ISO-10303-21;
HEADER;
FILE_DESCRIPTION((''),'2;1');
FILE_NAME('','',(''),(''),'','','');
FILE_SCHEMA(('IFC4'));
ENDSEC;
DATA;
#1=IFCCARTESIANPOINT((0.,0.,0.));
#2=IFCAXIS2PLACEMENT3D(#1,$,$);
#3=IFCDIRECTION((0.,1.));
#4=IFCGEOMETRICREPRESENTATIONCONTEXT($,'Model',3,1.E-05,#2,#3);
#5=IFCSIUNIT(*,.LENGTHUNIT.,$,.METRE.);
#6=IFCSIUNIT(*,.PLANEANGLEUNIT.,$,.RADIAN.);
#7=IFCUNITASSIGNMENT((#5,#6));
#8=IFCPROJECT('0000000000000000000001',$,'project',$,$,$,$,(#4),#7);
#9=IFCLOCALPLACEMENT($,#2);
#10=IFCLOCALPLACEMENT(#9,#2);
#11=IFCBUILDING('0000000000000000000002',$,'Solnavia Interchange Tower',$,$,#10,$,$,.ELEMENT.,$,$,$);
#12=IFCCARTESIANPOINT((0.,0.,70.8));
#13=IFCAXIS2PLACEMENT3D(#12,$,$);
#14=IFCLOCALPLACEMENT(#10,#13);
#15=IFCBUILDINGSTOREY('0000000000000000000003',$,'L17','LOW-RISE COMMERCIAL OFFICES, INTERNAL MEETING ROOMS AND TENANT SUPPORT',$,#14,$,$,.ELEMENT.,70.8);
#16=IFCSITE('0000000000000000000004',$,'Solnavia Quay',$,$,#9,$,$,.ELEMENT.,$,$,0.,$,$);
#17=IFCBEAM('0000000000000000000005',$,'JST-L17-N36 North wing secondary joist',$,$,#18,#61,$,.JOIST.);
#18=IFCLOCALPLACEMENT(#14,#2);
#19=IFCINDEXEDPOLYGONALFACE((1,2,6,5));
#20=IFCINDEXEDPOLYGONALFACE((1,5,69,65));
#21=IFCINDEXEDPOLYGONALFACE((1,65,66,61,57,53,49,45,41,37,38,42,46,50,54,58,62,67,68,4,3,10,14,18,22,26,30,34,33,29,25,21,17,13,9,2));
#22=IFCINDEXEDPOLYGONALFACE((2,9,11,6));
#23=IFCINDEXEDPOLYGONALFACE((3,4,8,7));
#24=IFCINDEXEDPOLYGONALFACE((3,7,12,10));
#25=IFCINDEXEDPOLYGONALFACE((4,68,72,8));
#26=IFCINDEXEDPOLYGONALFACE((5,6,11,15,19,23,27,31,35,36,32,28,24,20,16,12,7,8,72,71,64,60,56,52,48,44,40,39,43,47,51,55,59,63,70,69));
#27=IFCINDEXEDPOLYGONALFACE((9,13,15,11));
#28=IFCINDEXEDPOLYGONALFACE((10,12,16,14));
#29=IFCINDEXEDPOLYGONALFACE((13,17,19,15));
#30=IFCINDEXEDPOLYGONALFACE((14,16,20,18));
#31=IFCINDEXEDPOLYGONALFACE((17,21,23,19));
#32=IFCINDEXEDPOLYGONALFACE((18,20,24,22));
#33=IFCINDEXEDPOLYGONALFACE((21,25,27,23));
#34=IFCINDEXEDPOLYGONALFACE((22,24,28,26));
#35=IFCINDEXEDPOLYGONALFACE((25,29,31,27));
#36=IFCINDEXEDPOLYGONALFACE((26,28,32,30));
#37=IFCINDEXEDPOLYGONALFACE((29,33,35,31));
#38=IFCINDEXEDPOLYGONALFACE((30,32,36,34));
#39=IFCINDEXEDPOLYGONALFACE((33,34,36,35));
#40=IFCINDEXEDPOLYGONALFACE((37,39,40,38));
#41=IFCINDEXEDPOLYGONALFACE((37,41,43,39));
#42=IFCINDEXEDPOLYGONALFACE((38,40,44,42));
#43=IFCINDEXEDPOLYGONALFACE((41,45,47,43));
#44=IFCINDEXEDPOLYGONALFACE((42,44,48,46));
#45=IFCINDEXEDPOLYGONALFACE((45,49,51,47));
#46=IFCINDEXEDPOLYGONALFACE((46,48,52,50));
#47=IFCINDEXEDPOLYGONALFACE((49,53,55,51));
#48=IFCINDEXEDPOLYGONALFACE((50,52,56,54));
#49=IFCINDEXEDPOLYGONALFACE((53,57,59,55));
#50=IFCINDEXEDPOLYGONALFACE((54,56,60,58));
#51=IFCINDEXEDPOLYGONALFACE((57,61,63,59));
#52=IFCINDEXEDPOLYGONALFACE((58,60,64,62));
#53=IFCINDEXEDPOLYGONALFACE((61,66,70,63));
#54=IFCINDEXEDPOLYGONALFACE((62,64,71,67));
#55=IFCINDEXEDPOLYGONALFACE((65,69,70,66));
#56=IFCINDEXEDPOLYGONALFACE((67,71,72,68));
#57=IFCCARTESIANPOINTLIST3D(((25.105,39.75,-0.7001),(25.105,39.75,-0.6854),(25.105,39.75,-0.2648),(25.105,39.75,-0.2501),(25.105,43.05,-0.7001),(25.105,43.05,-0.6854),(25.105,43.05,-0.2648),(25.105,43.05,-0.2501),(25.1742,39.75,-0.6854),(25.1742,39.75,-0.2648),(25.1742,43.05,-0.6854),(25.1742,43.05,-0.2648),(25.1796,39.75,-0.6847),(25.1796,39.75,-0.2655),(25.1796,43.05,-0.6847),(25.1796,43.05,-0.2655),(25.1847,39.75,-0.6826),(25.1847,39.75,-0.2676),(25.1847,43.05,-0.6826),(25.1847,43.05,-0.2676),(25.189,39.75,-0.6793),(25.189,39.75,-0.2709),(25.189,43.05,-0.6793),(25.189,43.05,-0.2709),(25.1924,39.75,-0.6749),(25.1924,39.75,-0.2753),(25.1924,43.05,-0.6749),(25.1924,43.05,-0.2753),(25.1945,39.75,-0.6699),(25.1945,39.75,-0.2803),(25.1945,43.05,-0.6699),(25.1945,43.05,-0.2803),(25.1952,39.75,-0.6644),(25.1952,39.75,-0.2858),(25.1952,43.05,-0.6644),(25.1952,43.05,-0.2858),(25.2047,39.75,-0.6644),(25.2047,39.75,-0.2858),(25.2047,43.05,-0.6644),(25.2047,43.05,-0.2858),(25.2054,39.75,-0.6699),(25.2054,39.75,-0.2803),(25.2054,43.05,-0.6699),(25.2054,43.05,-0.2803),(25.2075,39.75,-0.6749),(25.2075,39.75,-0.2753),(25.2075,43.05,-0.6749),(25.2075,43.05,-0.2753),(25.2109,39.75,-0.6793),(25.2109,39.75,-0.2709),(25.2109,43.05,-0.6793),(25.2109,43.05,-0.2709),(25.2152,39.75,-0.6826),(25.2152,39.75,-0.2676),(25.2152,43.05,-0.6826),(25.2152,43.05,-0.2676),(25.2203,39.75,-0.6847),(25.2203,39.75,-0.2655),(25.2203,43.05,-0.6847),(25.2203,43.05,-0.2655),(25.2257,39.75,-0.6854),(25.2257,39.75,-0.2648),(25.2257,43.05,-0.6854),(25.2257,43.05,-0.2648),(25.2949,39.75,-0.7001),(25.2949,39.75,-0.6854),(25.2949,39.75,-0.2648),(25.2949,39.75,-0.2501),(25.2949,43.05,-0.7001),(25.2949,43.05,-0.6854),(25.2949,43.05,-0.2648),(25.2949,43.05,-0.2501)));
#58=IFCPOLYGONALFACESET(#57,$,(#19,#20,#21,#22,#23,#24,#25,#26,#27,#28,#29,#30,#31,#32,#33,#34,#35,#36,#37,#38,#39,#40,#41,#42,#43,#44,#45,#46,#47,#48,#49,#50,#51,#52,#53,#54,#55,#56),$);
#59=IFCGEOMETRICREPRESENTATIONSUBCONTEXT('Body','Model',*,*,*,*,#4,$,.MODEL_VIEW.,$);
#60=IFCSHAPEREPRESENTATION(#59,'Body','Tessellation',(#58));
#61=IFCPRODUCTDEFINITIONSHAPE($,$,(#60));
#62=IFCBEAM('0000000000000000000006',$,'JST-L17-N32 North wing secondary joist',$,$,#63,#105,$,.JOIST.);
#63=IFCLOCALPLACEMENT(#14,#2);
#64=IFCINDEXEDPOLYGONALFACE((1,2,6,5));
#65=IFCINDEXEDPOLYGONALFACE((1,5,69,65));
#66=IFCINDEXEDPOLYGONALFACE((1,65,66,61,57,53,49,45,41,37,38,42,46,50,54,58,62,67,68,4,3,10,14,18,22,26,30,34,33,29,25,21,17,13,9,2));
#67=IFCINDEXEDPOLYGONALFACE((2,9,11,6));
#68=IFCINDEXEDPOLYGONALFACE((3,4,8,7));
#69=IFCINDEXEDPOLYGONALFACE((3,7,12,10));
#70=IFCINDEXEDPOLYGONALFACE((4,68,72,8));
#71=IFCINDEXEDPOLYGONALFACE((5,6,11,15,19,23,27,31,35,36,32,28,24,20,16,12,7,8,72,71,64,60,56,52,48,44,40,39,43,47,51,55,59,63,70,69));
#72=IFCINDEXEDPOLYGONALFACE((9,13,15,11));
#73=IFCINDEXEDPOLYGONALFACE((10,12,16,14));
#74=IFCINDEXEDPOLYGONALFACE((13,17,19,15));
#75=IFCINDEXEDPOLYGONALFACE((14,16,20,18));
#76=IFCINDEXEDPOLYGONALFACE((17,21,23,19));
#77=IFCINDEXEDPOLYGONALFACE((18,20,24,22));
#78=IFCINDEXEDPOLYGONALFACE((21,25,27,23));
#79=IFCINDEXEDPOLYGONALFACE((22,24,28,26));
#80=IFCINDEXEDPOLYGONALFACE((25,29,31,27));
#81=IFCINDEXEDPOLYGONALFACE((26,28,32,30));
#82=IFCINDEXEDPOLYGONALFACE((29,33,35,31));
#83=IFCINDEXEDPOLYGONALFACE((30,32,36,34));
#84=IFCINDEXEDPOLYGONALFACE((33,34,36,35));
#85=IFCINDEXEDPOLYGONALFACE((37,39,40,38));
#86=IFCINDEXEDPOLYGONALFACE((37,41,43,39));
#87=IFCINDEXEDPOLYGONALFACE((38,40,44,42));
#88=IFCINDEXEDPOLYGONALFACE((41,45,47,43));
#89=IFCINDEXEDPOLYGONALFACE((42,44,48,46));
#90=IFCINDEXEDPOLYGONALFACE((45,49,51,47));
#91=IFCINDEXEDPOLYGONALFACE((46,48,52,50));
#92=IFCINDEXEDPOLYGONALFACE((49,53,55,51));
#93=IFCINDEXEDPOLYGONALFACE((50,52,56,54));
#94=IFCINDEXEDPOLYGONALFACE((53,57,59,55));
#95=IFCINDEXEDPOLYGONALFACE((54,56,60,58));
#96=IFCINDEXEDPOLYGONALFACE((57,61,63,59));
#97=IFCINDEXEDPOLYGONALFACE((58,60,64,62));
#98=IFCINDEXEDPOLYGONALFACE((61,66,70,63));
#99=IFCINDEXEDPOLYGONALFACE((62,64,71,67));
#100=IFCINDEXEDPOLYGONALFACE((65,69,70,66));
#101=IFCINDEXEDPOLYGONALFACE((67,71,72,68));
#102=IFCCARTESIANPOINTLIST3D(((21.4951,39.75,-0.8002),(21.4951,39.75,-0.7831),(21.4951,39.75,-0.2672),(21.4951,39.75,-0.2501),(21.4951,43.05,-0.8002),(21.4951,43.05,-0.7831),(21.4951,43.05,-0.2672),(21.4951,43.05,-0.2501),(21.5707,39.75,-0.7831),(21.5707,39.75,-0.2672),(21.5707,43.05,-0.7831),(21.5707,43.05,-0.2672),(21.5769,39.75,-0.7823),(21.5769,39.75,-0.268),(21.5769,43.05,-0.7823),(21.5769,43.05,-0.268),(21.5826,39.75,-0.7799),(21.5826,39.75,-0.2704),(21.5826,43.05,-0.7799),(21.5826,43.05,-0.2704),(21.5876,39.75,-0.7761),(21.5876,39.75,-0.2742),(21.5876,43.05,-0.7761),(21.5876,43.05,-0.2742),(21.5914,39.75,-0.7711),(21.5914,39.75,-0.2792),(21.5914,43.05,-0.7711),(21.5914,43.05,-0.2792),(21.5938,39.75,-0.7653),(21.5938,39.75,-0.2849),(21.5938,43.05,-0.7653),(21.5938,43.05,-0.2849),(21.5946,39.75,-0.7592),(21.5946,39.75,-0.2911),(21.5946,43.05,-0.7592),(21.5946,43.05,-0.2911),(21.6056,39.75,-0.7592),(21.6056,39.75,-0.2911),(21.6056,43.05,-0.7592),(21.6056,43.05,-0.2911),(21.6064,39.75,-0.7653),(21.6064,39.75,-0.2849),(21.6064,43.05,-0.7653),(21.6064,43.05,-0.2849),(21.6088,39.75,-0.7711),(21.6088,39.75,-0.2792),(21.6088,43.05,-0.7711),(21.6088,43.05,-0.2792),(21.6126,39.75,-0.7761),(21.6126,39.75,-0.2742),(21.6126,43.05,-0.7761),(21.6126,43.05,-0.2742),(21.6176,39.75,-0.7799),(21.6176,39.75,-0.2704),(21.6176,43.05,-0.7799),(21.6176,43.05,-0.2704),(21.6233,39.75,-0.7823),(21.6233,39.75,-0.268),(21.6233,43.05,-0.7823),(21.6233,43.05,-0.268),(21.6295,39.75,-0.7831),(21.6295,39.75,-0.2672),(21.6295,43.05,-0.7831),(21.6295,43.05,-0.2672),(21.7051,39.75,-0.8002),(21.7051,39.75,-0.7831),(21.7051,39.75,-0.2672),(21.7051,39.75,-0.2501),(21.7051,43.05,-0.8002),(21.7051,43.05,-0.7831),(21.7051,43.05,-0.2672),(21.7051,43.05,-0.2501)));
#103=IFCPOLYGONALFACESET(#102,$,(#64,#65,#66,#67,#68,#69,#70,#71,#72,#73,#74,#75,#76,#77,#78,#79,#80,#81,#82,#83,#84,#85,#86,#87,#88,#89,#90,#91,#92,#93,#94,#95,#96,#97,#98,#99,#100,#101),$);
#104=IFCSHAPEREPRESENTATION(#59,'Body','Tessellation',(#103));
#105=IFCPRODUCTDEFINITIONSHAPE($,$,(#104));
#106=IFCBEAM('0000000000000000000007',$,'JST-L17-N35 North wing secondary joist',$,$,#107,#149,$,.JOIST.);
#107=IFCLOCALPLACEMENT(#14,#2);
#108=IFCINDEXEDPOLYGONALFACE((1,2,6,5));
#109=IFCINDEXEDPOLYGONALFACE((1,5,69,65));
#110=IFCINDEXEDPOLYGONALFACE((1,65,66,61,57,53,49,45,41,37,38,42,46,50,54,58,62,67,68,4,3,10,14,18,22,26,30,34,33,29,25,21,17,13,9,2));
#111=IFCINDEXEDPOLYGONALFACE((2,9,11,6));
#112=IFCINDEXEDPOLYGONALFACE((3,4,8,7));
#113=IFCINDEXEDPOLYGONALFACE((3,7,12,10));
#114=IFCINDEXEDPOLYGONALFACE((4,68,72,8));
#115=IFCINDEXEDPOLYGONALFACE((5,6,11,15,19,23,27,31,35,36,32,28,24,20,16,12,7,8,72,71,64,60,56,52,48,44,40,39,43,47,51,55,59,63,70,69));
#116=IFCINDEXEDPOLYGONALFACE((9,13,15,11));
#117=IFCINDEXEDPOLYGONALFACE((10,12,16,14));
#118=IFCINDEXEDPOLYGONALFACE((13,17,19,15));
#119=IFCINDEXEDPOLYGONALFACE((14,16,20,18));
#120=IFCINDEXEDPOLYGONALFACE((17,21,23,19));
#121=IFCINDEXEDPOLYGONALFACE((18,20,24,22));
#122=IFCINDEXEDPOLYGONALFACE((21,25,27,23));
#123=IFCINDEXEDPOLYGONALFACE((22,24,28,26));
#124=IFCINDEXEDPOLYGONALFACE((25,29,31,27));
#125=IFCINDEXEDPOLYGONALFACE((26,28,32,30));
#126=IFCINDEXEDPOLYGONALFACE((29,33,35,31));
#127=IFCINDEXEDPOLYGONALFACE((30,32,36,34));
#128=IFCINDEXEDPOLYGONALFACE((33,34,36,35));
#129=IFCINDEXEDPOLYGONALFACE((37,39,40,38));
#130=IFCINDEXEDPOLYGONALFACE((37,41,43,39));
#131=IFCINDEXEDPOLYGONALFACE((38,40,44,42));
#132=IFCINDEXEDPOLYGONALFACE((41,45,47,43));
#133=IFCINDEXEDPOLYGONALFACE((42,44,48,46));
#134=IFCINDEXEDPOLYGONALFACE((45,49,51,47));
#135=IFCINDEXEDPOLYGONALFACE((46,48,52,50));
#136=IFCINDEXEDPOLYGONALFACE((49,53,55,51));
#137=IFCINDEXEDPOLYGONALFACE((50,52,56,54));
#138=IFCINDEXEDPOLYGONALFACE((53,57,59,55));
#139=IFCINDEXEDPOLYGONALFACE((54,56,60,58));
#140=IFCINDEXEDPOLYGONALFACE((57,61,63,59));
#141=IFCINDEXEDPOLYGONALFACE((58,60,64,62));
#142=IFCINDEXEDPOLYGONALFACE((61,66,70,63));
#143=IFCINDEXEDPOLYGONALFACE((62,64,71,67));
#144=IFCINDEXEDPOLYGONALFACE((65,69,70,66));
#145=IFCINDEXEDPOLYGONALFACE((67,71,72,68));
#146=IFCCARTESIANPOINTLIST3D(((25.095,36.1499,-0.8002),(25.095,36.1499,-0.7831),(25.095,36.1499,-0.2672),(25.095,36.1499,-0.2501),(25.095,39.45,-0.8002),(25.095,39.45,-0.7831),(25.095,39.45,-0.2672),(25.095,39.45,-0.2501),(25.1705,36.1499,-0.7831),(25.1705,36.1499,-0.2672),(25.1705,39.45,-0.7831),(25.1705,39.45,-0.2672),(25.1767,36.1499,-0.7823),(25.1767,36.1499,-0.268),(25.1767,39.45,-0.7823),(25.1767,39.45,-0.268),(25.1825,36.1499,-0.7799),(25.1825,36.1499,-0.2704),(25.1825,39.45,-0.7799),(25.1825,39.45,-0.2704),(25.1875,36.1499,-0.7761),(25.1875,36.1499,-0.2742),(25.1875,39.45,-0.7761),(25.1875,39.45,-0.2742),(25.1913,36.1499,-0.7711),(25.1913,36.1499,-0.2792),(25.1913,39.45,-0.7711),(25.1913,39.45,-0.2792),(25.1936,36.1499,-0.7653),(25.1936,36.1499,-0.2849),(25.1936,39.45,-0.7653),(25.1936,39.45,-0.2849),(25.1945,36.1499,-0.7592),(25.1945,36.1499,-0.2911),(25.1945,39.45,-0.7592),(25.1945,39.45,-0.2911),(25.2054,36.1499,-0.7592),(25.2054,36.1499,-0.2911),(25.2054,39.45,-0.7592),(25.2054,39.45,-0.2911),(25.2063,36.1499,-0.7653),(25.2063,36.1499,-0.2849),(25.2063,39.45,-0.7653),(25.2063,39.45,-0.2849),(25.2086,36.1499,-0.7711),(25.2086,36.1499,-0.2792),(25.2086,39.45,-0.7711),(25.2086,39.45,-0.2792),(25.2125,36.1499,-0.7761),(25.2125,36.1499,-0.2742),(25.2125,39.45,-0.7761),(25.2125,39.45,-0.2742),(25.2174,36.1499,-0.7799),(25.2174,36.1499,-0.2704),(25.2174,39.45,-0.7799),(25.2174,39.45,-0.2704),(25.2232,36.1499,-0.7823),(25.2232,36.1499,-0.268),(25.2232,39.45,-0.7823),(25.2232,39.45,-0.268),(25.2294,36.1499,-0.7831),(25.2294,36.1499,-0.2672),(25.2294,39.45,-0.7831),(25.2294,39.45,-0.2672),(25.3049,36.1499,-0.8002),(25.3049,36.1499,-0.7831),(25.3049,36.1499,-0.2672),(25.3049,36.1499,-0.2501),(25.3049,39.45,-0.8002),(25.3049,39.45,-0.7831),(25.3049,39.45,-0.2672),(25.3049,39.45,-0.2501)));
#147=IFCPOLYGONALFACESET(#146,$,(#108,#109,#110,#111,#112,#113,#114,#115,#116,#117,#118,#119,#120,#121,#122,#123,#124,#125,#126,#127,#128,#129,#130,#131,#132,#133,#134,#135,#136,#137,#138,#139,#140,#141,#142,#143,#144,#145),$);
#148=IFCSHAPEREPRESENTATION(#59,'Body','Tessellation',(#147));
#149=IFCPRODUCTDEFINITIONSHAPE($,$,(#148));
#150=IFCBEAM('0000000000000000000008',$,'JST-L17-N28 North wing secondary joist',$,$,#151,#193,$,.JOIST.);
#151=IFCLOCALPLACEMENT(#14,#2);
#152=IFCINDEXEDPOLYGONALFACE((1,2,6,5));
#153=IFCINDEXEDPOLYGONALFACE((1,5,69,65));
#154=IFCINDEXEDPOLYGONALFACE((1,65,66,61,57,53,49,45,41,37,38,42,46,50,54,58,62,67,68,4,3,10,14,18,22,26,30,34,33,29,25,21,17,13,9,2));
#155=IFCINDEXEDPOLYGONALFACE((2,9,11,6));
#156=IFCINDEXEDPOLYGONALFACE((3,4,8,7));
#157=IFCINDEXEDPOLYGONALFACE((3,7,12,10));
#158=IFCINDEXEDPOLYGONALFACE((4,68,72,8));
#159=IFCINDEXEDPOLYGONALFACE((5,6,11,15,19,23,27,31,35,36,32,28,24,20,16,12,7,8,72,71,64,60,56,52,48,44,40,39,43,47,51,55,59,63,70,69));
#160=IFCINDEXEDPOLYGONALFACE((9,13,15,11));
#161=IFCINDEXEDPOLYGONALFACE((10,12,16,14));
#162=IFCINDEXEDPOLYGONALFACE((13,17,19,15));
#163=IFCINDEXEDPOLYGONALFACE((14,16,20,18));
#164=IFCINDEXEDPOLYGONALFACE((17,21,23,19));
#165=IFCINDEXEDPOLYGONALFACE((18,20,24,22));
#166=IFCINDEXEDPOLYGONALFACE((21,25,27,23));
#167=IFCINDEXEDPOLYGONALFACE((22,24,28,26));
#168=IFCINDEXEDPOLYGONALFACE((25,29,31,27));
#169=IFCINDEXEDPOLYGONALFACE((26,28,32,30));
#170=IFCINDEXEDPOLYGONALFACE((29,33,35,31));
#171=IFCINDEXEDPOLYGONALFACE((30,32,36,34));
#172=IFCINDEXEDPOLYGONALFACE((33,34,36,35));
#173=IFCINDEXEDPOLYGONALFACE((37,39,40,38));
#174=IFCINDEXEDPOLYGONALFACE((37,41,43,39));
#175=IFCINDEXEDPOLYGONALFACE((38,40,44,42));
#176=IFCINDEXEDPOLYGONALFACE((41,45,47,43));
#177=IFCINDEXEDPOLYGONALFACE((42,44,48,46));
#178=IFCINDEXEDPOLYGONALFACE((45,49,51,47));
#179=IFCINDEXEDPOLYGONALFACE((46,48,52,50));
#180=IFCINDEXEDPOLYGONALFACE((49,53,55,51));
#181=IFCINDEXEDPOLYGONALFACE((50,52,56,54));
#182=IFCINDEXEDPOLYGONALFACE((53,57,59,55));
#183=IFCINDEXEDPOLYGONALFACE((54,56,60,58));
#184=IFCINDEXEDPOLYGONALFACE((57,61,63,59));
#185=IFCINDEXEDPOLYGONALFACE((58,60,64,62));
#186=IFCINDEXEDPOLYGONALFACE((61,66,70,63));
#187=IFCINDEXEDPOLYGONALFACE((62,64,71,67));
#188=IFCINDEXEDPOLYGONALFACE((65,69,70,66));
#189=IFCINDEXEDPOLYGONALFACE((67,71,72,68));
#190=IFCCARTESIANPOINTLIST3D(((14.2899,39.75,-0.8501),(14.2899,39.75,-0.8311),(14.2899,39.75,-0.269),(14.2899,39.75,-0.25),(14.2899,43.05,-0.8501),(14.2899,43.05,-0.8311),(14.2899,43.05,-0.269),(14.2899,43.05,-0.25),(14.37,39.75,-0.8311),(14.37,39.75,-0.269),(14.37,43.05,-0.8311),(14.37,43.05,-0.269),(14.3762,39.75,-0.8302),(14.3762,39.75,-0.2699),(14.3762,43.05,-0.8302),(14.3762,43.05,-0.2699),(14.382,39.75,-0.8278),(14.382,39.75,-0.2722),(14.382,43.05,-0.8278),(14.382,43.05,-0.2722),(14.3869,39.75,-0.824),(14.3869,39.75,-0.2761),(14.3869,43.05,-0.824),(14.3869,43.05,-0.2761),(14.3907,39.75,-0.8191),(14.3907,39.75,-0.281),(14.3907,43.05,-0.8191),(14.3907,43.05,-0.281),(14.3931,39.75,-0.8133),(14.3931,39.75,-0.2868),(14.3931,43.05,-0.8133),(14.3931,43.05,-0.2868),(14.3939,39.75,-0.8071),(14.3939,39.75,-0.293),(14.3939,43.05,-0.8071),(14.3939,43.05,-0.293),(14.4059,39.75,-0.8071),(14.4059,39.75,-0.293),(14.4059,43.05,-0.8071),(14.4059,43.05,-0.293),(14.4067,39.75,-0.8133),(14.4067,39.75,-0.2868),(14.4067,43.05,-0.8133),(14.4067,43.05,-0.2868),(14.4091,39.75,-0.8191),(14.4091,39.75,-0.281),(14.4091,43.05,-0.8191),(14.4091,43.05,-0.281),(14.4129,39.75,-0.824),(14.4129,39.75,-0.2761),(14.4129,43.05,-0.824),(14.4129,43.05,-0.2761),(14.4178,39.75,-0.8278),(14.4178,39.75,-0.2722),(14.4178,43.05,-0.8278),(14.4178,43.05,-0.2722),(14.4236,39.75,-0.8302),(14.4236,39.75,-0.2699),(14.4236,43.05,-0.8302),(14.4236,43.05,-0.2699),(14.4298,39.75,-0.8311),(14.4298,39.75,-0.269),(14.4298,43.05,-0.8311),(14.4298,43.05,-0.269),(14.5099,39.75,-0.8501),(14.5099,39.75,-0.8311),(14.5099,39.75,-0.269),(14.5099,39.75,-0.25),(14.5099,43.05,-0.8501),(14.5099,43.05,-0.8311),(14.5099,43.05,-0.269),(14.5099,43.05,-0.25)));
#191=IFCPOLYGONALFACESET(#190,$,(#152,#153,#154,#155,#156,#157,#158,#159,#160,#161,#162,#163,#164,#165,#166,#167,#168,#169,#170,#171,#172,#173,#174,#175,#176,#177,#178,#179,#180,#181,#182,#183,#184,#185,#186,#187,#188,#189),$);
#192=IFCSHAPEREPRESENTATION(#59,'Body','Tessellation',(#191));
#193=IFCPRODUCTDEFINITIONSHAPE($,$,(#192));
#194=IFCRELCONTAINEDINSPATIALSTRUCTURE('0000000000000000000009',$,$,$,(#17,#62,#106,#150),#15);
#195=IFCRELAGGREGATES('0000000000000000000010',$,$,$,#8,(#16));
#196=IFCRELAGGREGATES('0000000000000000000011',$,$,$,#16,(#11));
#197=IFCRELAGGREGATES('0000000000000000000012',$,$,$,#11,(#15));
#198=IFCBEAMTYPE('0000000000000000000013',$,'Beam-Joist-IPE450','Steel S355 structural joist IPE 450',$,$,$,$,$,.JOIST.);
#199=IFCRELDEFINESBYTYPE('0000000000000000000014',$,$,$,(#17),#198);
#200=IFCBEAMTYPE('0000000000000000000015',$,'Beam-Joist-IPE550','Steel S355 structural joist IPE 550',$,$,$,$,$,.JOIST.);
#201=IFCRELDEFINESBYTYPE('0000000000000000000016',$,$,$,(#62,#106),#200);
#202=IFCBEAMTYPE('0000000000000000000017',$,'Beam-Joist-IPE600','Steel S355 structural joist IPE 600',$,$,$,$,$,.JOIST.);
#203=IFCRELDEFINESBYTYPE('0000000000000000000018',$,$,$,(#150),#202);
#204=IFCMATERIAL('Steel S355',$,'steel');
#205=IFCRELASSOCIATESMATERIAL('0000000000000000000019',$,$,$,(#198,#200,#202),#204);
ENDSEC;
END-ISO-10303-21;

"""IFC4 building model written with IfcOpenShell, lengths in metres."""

from ifc_helpers import new_model, si_unit, direction, frame, origin, origin_2d, place, context, subcontext, project, spatial, i_section, extrude, material, material_profile, profile_set, type_object, element, save


model = new_model("IFC4")

# Units and contexts
model_context = context("Model", 3, precision=1e-05, world=origin(), true_north=direction((0.0, 1.0)))
body_context = subcontext(model_context, "Body", "Model", "MODEL_VIEW")
ifc_project = project(units=[si_unit("LENGTHUNIT", "METRE"), si_unit("PLANEANGLEUNIT", "RADIAN")], contexts=[model_context])

# Site, building, storey
site_placement = place(None, origin())
site = spatial("IfcSite", under=ifc_project, at=site_placement, Name="Solnavia Quay", CompositionType="ELEMENT", RefElevation=0.0)
building_placement = place(site_placement, origin())
building = spatial("IfcBuilding", under=site, at=building_placement, Name="Solnavia Interchange Tower", CompositionType="ELEMENT")
storey_placement = place(building_placement, frame((0.0, 0.0, 70.8)))
storey = spatial("IfcBuildingStorey", under=building, at=storey_placement, Name="L17", Description="LOW-RISE COMMERCIAL OFFICES, INTERNAL MEETING ROOMS AND TENANT SUPPORT", CompositionType="ELEMENT", Elevation=70.8)

# Shared definitions
ifc_material_1 = material(Name="Steel S355", Category="steel")

# Beams
ifc_material_profile_1 = material_profile(ifc_material_1, i_section(OverallWidth=0.1899, OverallDepth=0.45, WebThickness=0.0095, FlangeThickness=0.0146, FilletRadius=0.021, at=origin_2d()), Name="IPE 450")
ifc_profile_set_1 = profile_set([ifc_material_profile_1], Name="Steel S355")
beam_type_1 = type_object("IfcBeamType", Name="Beam-Joist-IPE450", Description="Steel S355 structural joist IPE 450", PredefinedType="JOIST", material=ifc_profile_set_1)
beam_1_placement = place(storey_placement, frame((25.2, 39.75, -0.4751), z_axis=(0.0, 1.0, 0.0), x_axis=(-1.0, 0.0, 0.0)))
element("IfcBeam", 1, at=beam_1_placement, inside=storey, type_object=beam_type_1, Name="JST-L17-N36 North wing secondary joist", PredefinedType="JOIST", context=body_context, shape_type="SweptSolid", body=[
    extrude(i_section(OverallWidth=0.1899, OverallDepth=0.45, WebThickness=0.0095, FlangeThickness=0.0146, FilletRadius=0.021, at=origin_2d()), origin(), (0.0, 0.0, 1.0), 3.3),
])
ifc_material_profile_2 = material_profile(ifc_material_1, i_section(OverallWidth=0.21, OverallDepth=0.55, WebThickness=0.011, FlangeThickness=0.0171, FilletRadius=0.0239, at=origin_2d()), Name="IPE 550")
ifc_profile_set_2 = profile_set([ifc_material_profile_2], Name="Steel S355")
beam_type_2 = type_object("IfcBeamType", Name="Beam-Joist-IPE550", Description="Steel S355 structural joist IPE 550", PredefinedType="JOIST", material=ifc_profile_set_2)
for number, where, z_axis, x_axis, name in (
    (2, (21.6001, 39.75, -0.5251), (0.0, 1.0, 0.0), (-1.0, 0.0, 0.0), "JST-L17-N32 North wing secondary joist"),
    (3, (25.2, 36.1499, -0.5251), (0.0, 1.0, 0.0), (-1.0, 0.0, 0.0), "JST-L17-N35 North wing secondary joist"),
):
    element("IfcBeam", number, at=place(storey_placement, frame(where, z_axis=z_axis, x_axis=x_axis)), inside=storey, type_object=beam_type_2, Name=name, PredefinedType="JOIST", context=body_context, shape_type="SweptSolid", body=[
        extrude(i_section(OverallWidth=0.21, OverallDepth=0.55, WebThickness=0.011, FlangeThickness=0.0171, FilletRadius=0.0239, at=origin_2d()), origin(), (0.0, 0.0, 1.0), 3.3),
    ])
ifc_material_profile_3 = material_profile(ifc_material_1, i_section(OverallWidth=0.22, OverallDepth=0.6001, WebThickness=0.012, FlangeThickness=0.019, FilletRadius=0.0239, at=origin_2d()), Name="IPE 600")
ifc_profile_set_3 = profile_set([ifc_material_profile_3], Name="Steel S355")
beam_type_3 = type_object("IfcBeamType", Name="Beam-Joist-IPE600", Description="Steel S355 structural joist IPE 600", PredefinedType="JOIST", material=ifc_profile_set_3)
beam_2_placement = place(storey_placement, frame((14.3999, 39.75, -0.55), z_axis=(0.0, 1.0, 0.0), x_axis=(-1.0, 0.0, 0.0)))
element("IfcBeam", 4, at=beam_2_placement, inside=storey, type_object=beam_type_3, Name="JST-L17-N28 North wing secondary joist", PredefinedType="JOIST", context=body_context, shape_type="SweptSolid", body=[
    extrude(i_section(OverallWidth=0.22, OverallDepth=0.6001, WebThickness=0.012, FlangeThickness=0.019, FilletRadius=0.0239, at=origin_2d()), origin(), (0.0, 0.0, 1.0), 3.3),
])

save(model, "model.ifc")
